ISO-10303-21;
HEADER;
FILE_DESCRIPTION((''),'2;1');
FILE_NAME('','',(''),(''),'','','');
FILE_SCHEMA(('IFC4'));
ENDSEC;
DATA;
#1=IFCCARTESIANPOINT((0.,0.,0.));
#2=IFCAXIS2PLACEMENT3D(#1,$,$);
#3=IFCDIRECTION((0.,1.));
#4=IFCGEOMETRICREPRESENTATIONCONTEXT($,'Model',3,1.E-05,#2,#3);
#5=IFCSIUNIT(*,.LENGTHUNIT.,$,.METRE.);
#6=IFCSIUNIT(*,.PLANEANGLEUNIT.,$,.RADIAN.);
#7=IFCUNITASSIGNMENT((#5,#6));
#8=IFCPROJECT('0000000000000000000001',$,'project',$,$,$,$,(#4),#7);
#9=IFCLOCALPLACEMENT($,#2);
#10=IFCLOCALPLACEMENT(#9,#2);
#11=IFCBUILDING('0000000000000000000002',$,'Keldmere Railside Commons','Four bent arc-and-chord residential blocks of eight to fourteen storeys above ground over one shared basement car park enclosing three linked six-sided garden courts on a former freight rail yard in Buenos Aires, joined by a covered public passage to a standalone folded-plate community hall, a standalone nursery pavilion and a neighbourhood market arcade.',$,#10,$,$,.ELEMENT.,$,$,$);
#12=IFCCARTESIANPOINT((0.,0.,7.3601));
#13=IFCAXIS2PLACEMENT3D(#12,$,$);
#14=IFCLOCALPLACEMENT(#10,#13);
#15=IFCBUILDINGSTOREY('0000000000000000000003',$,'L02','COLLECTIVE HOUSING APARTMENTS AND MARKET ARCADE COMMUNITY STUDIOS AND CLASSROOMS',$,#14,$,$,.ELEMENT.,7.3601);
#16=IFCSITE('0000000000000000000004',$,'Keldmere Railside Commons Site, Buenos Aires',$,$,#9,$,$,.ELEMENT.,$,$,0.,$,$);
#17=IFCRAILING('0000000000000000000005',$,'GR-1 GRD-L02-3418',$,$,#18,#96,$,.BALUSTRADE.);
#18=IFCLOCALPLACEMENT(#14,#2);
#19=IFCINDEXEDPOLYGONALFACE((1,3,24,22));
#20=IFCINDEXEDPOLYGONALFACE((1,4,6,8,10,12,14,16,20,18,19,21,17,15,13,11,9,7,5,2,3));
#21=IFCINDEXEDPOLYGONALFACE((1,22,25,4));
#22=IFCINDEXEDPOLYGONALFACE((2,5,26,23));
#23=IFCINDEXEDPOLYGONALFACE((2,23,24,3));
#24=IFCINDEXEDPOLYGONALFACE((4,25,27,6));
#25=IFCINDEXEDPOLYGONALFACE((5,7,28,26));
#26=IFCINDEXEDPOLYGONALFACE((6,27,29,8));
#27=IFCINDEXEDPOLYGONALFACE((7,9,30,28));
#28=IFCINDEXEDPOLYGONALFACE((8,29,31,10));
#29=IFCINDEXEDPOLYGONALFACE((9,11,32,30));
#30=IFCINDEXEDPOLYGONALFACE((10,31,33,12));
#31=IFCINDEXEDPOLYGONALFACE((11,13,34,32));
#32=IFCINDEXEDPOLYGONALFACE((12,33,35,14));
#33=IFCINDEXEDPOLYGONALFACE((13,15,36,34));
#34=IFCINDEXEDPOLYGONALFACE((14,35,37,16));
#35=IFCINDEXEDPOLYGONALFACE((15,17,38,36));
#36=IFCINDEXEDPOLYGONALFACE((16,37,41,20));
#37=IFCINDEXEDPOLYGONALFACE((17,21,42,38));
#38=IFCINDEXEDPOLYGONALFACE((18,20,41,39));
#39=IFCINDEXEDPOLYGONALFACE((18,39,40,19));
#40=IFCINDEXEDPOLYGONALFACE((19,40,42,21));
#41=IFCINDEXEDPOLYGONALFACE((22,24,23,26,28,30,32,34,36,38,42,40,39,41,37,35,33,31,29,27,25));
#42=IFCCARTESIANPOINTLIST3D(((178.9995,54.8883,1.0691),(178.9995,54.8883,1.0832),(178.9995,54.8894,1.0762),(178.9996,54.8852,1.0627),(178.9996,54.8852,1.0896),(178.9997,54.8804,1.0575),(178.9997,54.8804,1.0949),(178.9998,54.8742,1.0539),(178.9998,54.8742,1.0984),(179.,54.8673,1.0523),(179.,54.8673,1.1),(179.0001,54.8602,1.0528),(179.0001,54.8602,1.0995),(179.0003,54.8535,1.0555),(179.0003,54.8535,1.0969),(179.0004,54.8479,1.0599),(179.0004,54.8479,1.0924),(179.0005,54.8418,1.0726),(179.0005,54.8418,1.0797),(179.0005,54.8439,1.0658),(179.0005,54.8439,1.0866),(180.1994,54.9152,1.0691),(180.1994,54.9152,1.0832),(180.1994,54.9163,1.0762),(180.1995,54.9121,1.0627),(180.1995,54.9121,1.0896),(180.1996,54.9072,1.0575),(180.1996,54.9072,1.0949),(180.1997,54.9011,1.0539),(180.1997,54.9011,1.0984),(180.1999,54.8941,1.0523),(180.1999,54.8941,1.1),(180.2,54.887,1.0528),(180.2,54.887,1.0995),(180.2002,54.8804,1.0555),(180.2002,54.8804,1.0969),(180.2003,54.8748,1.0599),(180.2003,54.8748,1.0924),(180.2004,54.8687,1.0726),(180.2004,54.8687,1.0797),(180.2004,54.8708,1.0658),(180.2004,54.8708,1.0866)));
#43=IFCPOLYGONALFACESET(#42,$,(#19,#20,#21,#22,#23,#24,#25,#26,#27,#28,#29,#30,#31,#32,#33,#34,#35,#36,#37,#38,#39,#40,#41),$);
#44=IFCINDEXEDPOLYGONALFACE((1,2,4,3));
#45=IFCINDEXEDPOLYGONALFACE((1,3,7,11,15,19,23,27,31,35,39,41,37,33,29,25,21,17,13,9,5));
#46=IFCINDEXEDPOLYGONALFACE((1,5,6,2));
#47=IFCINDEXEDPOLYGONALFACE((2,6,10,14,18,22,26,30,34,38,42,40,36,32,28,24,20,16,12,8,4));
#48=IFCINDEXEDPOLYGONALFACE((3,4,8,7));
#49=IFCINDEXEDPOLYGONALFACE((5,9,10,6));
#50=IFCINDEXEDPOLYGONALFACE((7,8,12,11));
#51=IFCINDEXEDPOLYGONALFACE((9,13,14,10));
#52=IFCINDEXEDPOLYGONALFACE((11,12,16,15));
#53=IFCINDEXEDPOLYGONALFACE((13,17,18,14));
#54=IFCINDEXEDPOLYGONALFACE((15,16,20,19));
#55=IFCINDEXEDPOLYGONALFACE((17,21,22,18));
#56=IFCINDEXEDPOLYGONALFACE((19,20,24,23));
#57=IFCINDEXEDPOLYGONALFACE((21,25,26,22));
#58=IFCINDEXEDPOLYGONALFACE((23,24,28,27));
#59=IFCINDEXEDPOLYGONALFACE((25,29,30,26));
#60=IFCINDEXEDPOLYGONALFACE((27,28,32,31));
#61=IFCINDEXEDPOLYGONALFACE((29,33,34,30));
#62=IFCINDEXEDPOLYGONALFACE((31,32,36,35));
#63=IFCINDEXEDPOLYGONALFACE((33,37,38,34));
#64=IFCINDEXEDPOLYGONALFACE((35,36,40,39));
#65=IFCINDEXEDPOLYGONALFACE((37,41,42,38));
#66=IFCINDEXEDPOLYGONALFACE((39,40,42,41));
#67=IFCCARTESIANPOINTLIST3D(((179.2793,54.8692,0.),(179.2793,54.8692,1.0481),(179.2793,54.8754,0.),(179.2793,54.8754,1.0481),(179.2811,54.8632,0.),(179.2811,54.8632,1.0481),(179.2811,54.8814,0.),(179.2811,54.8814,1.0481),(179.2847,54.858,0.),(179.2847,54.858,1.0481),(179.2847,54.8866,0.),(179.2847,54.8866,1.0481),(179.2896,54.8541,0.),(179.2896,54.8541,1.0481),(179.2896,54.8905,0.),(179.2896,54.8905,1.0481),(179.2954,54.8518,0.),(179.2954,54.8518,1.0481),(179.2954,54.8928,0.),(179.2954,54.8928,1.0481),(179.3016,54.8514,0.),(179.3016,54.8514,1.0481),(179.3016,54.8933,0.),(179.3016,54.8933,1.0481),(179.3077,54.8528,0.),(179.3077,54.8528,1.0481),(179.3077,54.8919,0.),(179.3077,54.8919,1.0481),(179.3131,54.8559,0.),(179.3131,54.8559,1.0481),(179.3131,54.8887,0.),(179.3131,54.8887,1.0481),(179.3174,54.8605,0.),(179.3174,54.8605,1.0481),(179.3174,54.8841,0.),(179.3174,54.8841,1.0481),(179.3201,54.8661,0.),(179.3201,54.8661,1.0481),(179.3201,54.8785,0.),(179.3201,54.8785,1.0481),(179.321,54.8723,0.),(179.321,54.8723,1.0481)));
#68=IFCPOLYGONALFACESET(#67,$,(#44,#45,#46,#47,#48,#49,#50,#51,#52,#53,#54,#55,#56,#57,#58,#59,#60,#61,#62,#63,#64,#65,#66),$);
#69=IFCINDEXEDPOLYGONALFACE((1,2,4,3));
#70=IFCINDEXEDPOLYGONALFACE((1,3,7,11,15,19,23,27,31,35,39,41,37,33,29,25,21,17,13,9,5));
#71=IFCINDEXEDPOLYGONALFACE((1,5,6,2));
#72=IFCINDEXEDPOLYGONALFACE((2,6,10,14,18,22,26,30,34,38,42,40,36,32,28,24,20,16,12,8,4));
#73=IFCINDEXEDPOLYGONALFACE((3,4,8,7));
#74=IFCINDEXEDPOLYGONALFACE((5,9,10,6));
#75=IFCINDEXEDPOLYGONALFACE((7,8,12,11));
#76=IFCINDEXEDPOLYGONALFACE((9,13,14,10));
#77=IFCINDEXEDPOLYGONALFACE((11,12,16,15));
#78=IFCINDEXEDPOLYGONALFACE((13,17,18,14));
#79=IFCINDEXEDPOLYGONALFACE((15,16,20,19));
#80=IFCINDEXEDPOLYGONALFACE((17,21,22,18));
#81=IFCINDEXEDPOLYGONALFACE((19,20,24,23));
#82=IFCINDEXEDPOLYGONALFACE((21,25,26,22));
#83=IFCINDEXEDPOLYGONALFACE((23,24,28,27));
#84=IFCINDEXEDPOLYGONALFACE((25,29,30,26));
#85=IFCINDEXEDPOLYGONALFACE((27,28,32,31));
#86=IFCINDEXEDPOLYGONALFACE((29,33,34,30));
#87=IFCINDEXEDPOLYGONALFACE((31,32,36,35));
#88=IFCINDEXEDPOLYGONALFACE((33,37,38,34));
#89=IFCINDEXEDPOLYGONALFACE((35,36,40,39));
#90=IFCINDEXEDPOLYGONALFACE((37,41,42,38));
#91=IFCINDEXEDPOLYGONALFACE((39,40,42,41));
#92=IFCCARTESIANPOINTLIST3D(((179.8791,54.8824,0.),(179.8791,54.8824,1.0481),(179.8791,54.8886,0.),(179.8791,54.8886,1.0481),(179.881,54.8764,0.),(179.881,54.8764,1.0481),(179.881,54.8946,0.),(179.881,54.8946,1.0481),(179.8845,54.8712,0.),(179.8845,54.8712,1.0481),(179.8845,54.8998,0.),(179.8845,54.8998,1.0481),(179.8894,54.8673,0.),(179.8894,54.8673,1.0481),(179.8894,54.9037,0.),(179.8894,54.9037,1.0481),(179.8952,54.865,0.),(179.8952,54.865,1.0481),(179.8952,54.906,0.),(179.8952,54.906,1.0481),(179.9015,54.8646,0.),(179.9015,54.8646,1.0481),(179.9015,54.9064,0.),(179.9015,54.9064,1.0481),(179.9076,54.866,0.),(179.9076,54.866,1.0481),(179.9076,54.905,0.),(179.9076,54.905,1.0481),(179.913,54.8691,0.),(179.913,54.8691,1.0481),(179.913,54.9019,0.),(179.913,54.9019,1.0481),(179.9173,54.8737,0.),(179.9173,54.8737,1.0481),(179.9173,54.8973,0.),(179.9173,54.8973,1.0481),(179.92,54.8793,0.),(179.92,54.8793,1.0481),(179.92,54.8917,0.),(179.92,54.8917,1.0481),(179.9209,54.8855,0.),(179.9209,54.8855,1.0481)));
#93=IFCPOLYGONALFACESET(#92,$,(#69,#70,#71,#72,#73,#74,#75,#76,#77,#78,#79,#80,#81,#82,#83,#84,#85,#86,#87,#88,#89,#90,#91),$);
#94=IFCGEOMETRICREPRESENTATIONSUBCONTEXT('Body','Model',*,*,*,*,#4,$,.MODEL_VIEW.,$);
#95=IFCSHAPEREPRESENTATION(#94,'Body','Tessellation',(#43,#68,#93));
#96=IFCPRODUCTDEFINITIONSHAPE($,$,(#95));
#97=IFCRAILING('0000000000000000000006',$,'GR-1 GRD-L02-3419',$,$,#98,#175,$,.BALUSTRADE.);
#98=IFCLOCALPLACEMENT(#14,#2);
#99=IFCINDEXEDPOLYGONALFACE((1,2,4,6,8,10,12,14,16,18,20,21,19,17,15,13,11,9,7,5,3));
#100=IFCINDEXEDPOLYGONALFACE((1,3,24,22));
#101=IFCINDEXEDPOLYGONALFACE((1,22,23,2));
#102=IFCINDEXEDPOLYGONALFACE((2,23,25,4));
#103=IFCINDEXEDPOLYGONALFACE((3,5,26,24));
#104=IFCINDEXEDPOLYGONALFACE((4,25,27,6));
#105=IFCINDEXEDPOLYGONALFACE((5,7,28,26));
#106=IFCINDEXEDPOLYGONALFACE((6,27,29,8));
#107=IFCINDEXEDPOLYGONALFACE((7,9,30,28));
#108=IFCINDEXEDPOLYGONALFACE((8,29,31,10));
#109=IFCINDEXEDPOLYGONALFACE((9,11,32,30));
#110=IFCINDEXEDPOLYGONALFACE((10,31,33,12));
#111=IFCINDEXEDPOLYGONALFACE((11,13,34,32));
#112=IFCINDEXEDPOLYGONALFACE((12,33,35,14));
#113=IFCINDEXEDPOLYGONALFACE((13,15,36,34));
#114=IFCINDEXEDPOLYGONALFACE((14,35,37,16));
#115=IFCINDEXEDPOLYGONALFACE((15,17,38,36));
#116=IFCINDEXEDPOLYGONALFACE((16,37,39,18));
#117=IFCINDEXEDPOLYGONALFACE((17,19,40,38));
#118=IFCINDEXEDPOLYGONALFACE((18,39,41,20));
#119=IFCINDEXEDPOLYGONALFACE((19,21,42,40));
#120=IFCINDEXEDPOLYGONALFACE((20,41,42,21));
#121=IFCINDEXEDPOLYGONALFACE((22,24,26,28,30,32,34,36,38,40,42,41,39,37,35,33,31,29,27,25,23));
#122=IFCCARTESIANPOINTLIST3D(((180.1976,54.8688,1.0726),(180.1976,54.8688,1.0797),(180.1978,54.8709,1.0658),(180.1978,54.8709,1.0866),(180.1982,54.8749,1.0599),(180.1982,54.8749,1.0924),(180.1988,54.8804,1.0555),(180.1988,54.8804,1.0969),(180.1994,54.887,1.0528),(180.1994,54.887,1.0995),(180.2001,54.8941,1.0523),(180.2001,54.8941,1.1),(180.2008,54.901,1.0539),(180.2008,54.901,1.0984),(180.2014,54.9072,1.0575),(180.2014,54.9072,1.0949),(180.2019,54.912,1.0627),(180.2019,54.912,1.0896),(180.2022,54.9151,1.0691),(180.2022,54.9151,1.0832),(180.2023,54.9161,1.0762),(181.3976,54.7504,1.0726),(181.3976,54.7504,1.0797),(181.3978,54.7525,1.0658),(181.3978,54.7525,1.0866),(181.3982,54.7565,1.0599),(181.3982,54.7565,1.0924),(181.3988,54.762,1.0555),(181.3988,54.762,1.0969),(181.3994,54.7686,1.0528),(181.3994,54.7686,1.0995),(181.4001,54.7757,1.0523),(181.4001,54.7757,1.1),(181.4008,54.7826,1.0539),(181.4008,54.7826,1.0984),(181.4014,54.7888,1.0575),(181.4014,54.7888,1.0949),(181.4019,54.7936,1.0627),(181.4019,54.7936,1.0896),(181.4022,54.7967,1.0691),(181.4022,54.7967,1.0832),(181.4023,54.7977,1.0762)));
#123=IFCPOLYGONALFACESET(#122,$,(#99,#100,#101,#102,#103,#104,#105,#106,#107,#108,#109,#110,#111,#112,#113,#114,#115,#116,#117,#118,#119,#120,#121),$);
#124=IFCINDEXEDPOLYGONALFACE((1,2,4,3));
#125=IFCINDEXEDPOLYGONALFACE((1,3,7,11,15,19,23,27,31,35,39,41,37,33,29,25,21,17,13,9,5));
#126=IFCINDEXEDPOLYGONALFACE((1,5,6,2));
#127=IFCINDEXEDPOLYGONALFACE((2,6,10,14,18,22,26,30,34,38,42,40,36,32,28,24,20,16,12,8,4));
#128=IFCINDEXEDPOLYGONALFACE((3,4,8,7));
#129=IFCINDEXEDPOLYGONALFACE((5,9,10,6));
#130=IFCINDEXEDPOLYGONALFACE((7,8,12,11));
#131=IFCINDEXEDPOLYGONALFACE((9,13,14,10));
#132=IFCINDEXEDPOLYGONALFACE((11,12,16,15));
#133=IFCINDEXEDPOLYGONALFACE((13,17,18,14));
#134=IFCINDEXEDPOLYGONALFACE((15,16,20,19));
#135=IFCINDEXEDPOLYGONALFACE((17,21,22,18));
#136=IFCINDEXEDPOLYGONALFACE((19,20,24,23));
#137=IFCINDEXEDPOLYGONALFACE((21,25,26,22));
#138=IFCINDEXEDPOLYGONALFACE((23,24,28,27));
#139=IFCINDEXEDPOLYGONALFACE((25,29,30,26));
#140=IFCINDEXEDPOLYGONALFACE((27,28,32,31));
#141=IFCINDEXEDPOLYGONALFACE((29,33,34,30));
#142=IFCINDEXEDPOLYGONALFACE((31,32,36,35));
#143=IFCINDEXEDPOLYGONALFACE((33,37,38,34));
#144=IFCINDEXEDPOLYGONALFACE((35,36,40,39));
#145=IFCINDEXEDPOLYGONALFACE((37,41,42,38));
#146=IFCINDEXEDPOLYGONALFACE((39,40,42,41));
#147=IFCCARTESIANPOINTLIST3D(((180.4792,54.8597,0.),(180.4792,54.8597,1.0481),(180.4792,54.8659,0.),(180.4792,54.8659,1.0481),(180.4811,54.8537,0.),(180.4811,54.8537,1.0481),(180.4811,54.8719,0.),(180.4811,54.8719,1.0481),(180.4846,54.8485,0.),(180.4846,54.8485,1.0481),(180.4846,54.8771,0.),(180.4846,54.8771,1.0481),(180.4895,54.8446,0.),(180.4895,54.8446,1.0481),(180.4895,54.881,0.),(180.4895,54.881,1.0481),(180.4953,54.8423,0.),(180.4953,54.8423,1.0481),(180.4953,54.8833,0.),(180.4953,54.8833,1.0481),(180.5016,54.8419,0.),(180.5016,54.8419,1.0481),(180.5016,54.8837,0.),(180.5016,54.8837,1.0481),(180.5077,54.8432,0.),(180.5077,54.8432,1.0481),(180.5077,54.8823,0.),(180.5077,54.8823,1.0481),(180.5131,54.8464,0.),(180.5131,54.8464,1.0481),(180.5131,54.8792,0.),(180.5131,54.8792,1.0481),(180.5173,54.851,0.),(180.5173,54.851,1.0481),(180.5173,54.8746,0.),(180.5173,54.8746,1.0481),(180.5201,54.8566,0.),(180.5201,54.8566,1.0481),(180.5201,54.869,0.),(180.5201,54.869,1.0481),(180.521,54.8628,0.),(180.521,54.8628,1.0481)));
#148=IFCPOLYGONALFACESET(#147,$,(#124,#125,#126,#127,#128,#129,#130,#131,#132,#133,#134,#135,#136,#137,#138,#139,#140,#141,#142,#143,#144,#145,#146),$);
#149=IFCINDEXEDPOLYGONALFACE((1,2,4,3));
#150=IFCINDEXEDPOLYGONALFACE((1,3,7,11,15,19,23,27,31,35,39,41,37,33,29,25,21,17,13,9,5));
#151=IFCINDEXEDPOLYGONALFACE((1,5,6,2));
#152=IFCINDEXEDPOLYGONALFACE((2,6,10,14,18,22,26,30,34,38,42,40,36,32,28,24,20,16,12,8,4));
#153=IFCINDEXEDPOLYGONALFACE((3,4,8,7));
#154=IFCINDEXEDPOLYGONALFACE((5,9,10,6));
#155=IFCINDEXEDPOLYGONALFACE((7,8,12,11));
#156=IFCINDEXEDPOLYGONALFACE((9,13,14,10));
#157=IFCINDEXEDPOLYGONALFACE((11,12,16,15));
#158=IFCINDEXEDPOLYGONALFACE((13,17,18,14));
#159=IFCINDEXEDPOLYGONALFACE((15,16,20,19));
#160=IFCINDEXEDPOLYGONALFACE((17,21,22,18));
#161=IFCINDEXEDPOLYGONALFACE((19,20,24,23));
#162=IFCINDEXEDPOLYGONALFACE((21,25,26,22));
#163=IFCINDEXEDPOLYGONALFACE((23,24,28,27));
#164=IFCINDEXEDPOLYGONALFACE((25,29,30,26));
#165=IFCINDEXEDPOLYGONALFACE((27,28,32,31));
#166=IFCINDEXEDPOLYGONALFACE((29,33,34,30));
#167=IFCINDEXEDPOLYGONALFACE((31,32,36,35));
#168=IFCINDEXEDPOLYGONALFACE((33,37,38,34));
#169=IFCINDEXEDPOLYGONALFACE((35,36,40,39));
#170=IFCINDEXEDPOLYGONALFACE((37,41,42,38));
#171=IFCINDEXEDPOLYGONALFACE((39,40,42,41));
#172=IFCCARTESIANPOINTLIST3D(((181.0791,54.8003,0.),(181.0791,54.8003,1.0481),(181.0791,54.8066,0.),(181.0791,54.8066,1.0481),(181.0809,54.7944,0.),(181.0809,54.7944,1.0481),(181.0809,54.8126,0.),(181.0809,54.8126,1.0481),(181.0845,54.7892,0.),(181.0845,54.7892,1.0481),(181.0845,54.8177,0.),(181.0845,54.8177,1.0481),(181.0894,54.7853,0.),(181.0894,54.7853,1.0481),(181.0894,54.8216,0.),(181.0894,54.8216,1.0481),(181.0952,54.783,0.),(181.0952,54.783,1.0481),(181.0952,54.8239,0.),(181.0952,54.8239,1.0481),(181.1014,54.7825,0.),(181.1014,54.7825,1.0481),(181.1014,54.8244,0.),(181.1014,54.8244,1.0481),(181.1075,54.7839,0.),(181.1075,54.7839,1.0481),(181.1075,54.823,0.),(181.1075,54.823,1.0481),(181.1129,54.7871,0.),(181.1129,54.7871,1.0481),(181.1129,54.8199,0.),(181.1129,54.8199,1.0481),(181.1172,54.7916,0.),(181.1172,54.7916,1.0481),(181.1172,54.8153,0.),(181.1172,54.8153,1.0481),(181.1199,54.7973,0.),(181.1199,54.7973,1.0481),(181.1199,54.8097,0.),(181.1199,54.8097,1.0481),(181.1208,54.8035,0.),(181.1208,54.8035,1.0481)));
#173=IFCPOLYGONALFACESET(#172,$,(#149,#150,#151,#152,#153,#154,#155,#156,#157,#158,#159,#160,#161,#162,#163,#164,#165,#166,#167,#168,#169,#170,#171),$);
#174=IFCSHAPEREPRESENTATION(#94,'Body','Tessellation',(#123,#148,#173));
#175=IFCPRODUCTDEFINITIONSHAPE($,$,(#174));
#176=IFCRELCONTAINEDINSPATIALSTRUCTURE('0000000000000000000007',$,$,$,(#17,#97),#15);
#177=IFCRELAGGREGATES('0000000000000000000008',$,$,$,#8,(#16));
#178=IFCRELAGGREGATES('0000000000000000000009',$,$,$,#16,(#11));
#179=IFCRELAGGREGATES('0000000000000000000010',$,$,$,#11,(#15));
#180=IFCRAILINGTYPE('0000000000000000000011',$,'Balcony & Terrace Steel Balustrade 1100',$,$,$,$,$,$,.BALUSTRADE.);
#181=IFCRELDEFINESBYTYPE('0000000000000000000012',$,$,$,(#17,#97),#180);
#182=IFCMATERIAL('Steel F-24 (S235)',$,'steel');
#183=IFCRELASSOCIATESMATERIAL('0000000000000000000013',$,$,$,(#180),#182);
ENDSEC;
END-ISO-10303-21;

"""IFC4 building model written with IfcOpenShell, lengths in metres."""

from ifc_helpers import new_model, si_unit, direction, frame, origin, origin_2d, place, context, subcontext, project, spatial, circle, extrude, material, type_object, element, save


model = new_model("IFC4")

# Units and contexts
model_context = context("Model", 3, precision=1e-05, world=origin(), true_north=direction((0.0, 1.0)))
body_context = subcontext(model_context, "Body", "Model", "MODEL_VIEW")
ifc_project = project(units=[si_unit("LENGTHUNIT", "METRE"), si_unit("PLANEANGLEUNIT", "RADIAN")], contexts=[model_context])

# Site, building, storey
site_placement = place(None, origin())
site = spatial("IfcSite", under=ifc_project, at=site_placement, Name="Keldmere Railside Commons Site, Buenos Aires", CompositionType="ELEMENT", RefElevation=0.0)
building_placement = place(site_placement, origin())
building = spatial("IfcBuilding", under=site, at=building_placement, Name="Keldmere Railside Commons", Description="Four bent arc-and-chord residential blocks of eight to fourteen storeys above ground over one shared basement car park enclosing three linked six-sided garden courts on a former freight rail yard in Buenos Aires, joined by a covered public passage to a standalone folded-plate community hall, a standalone nursery pavilion and a neighbourhood market arcade.", CompositionType="ELEMENT")
storey_placement = place(building_placement, frame((0.0, 0.0, 7.3601)))
storey = spatial("IfcBuildingStorey", under=building, at=storey_placement, Name="L02", Description="COLLECTIVE HOUSING APARTMENTS AND MARKET ARCADE COMMUNITY STUDIOS AND CLASSROOMS", CompositionType="ELEMENT", Elevation=7.3601)

# Railings
ifc_material_1 = material(Name="Steel F-24 (S235)", Category="steel")
railing_type = type_object("IfcRailingType", Name="Balcony & Terrace Steel Balustrade 1100", PredefinedType="BALUSTRADE", material=ifc_material_1)
railing_1_placement = place(storey_placement, frame((179.0, 54.8655, 0.0)))
element("IfcRailing", 1, at=railing_1_placement, inside=storey, type_object=railing_type, Name="GR-1 GRD-L02-3418", PredefinedType="BALUSTRADE", context=body_context, shape_type="SweptSolid", body=[
    extrude(circle(Radius=0.0239, at=origin_2d()), frame((0.0, 0.0, 1.0762), z_axis=(0.99975, 0.022375, 0.0), x_axis=(-0.022375, 0.99975, 0.0)), (0.0, 0.0, 1.0), 1.2002),
    extrude(circle(Radius=0.021, at=origin_2d()), frame((0.3, 0.0068, 0.0)), (0.0, 0.0, 1.0), 1.0481),
    extrude(circle(Radius=0.021, at=origin_2d()), frame((0.8999, 0.02, 0.0)), (0.0, 0.0, 1.0), 1.0481),
])
railing_2_placement = place(storey_placement, frame((180.2, 54.8923, 0.0)))
element("IfcRailing", 2, at=railing_2_placement, inside=storey, type_object=railing_type, Name="GR-1 GRD-L02-3419", PredefinedType="BALUSTRADE", context=body_context, shape_type="SweptSolid", body=[
    extrude(circle(Radius=0.0239, at=origin_2d()), frame((0.0, 0.0, 1.0762), z_axis=(0.995167, -0.098201, 0.0), x_axis=(0.098201, 0.995167, 0.0)), (0.0, 0.0, 1.0), 1.2058),
    extrude(circle(Radius=0.021, at=origin_2d()), frame((0.3, -0.0295, 0.0)), (0.0, 0.0, 1.0), 1.0481),
    extrude(circle(Radius=0.021, at=origin_2d()), frame((0.8999, -0.0889, 0.0)), (0.0, 0.0, 1.0), 1.0481),
])

save(model, "model.ifc")
